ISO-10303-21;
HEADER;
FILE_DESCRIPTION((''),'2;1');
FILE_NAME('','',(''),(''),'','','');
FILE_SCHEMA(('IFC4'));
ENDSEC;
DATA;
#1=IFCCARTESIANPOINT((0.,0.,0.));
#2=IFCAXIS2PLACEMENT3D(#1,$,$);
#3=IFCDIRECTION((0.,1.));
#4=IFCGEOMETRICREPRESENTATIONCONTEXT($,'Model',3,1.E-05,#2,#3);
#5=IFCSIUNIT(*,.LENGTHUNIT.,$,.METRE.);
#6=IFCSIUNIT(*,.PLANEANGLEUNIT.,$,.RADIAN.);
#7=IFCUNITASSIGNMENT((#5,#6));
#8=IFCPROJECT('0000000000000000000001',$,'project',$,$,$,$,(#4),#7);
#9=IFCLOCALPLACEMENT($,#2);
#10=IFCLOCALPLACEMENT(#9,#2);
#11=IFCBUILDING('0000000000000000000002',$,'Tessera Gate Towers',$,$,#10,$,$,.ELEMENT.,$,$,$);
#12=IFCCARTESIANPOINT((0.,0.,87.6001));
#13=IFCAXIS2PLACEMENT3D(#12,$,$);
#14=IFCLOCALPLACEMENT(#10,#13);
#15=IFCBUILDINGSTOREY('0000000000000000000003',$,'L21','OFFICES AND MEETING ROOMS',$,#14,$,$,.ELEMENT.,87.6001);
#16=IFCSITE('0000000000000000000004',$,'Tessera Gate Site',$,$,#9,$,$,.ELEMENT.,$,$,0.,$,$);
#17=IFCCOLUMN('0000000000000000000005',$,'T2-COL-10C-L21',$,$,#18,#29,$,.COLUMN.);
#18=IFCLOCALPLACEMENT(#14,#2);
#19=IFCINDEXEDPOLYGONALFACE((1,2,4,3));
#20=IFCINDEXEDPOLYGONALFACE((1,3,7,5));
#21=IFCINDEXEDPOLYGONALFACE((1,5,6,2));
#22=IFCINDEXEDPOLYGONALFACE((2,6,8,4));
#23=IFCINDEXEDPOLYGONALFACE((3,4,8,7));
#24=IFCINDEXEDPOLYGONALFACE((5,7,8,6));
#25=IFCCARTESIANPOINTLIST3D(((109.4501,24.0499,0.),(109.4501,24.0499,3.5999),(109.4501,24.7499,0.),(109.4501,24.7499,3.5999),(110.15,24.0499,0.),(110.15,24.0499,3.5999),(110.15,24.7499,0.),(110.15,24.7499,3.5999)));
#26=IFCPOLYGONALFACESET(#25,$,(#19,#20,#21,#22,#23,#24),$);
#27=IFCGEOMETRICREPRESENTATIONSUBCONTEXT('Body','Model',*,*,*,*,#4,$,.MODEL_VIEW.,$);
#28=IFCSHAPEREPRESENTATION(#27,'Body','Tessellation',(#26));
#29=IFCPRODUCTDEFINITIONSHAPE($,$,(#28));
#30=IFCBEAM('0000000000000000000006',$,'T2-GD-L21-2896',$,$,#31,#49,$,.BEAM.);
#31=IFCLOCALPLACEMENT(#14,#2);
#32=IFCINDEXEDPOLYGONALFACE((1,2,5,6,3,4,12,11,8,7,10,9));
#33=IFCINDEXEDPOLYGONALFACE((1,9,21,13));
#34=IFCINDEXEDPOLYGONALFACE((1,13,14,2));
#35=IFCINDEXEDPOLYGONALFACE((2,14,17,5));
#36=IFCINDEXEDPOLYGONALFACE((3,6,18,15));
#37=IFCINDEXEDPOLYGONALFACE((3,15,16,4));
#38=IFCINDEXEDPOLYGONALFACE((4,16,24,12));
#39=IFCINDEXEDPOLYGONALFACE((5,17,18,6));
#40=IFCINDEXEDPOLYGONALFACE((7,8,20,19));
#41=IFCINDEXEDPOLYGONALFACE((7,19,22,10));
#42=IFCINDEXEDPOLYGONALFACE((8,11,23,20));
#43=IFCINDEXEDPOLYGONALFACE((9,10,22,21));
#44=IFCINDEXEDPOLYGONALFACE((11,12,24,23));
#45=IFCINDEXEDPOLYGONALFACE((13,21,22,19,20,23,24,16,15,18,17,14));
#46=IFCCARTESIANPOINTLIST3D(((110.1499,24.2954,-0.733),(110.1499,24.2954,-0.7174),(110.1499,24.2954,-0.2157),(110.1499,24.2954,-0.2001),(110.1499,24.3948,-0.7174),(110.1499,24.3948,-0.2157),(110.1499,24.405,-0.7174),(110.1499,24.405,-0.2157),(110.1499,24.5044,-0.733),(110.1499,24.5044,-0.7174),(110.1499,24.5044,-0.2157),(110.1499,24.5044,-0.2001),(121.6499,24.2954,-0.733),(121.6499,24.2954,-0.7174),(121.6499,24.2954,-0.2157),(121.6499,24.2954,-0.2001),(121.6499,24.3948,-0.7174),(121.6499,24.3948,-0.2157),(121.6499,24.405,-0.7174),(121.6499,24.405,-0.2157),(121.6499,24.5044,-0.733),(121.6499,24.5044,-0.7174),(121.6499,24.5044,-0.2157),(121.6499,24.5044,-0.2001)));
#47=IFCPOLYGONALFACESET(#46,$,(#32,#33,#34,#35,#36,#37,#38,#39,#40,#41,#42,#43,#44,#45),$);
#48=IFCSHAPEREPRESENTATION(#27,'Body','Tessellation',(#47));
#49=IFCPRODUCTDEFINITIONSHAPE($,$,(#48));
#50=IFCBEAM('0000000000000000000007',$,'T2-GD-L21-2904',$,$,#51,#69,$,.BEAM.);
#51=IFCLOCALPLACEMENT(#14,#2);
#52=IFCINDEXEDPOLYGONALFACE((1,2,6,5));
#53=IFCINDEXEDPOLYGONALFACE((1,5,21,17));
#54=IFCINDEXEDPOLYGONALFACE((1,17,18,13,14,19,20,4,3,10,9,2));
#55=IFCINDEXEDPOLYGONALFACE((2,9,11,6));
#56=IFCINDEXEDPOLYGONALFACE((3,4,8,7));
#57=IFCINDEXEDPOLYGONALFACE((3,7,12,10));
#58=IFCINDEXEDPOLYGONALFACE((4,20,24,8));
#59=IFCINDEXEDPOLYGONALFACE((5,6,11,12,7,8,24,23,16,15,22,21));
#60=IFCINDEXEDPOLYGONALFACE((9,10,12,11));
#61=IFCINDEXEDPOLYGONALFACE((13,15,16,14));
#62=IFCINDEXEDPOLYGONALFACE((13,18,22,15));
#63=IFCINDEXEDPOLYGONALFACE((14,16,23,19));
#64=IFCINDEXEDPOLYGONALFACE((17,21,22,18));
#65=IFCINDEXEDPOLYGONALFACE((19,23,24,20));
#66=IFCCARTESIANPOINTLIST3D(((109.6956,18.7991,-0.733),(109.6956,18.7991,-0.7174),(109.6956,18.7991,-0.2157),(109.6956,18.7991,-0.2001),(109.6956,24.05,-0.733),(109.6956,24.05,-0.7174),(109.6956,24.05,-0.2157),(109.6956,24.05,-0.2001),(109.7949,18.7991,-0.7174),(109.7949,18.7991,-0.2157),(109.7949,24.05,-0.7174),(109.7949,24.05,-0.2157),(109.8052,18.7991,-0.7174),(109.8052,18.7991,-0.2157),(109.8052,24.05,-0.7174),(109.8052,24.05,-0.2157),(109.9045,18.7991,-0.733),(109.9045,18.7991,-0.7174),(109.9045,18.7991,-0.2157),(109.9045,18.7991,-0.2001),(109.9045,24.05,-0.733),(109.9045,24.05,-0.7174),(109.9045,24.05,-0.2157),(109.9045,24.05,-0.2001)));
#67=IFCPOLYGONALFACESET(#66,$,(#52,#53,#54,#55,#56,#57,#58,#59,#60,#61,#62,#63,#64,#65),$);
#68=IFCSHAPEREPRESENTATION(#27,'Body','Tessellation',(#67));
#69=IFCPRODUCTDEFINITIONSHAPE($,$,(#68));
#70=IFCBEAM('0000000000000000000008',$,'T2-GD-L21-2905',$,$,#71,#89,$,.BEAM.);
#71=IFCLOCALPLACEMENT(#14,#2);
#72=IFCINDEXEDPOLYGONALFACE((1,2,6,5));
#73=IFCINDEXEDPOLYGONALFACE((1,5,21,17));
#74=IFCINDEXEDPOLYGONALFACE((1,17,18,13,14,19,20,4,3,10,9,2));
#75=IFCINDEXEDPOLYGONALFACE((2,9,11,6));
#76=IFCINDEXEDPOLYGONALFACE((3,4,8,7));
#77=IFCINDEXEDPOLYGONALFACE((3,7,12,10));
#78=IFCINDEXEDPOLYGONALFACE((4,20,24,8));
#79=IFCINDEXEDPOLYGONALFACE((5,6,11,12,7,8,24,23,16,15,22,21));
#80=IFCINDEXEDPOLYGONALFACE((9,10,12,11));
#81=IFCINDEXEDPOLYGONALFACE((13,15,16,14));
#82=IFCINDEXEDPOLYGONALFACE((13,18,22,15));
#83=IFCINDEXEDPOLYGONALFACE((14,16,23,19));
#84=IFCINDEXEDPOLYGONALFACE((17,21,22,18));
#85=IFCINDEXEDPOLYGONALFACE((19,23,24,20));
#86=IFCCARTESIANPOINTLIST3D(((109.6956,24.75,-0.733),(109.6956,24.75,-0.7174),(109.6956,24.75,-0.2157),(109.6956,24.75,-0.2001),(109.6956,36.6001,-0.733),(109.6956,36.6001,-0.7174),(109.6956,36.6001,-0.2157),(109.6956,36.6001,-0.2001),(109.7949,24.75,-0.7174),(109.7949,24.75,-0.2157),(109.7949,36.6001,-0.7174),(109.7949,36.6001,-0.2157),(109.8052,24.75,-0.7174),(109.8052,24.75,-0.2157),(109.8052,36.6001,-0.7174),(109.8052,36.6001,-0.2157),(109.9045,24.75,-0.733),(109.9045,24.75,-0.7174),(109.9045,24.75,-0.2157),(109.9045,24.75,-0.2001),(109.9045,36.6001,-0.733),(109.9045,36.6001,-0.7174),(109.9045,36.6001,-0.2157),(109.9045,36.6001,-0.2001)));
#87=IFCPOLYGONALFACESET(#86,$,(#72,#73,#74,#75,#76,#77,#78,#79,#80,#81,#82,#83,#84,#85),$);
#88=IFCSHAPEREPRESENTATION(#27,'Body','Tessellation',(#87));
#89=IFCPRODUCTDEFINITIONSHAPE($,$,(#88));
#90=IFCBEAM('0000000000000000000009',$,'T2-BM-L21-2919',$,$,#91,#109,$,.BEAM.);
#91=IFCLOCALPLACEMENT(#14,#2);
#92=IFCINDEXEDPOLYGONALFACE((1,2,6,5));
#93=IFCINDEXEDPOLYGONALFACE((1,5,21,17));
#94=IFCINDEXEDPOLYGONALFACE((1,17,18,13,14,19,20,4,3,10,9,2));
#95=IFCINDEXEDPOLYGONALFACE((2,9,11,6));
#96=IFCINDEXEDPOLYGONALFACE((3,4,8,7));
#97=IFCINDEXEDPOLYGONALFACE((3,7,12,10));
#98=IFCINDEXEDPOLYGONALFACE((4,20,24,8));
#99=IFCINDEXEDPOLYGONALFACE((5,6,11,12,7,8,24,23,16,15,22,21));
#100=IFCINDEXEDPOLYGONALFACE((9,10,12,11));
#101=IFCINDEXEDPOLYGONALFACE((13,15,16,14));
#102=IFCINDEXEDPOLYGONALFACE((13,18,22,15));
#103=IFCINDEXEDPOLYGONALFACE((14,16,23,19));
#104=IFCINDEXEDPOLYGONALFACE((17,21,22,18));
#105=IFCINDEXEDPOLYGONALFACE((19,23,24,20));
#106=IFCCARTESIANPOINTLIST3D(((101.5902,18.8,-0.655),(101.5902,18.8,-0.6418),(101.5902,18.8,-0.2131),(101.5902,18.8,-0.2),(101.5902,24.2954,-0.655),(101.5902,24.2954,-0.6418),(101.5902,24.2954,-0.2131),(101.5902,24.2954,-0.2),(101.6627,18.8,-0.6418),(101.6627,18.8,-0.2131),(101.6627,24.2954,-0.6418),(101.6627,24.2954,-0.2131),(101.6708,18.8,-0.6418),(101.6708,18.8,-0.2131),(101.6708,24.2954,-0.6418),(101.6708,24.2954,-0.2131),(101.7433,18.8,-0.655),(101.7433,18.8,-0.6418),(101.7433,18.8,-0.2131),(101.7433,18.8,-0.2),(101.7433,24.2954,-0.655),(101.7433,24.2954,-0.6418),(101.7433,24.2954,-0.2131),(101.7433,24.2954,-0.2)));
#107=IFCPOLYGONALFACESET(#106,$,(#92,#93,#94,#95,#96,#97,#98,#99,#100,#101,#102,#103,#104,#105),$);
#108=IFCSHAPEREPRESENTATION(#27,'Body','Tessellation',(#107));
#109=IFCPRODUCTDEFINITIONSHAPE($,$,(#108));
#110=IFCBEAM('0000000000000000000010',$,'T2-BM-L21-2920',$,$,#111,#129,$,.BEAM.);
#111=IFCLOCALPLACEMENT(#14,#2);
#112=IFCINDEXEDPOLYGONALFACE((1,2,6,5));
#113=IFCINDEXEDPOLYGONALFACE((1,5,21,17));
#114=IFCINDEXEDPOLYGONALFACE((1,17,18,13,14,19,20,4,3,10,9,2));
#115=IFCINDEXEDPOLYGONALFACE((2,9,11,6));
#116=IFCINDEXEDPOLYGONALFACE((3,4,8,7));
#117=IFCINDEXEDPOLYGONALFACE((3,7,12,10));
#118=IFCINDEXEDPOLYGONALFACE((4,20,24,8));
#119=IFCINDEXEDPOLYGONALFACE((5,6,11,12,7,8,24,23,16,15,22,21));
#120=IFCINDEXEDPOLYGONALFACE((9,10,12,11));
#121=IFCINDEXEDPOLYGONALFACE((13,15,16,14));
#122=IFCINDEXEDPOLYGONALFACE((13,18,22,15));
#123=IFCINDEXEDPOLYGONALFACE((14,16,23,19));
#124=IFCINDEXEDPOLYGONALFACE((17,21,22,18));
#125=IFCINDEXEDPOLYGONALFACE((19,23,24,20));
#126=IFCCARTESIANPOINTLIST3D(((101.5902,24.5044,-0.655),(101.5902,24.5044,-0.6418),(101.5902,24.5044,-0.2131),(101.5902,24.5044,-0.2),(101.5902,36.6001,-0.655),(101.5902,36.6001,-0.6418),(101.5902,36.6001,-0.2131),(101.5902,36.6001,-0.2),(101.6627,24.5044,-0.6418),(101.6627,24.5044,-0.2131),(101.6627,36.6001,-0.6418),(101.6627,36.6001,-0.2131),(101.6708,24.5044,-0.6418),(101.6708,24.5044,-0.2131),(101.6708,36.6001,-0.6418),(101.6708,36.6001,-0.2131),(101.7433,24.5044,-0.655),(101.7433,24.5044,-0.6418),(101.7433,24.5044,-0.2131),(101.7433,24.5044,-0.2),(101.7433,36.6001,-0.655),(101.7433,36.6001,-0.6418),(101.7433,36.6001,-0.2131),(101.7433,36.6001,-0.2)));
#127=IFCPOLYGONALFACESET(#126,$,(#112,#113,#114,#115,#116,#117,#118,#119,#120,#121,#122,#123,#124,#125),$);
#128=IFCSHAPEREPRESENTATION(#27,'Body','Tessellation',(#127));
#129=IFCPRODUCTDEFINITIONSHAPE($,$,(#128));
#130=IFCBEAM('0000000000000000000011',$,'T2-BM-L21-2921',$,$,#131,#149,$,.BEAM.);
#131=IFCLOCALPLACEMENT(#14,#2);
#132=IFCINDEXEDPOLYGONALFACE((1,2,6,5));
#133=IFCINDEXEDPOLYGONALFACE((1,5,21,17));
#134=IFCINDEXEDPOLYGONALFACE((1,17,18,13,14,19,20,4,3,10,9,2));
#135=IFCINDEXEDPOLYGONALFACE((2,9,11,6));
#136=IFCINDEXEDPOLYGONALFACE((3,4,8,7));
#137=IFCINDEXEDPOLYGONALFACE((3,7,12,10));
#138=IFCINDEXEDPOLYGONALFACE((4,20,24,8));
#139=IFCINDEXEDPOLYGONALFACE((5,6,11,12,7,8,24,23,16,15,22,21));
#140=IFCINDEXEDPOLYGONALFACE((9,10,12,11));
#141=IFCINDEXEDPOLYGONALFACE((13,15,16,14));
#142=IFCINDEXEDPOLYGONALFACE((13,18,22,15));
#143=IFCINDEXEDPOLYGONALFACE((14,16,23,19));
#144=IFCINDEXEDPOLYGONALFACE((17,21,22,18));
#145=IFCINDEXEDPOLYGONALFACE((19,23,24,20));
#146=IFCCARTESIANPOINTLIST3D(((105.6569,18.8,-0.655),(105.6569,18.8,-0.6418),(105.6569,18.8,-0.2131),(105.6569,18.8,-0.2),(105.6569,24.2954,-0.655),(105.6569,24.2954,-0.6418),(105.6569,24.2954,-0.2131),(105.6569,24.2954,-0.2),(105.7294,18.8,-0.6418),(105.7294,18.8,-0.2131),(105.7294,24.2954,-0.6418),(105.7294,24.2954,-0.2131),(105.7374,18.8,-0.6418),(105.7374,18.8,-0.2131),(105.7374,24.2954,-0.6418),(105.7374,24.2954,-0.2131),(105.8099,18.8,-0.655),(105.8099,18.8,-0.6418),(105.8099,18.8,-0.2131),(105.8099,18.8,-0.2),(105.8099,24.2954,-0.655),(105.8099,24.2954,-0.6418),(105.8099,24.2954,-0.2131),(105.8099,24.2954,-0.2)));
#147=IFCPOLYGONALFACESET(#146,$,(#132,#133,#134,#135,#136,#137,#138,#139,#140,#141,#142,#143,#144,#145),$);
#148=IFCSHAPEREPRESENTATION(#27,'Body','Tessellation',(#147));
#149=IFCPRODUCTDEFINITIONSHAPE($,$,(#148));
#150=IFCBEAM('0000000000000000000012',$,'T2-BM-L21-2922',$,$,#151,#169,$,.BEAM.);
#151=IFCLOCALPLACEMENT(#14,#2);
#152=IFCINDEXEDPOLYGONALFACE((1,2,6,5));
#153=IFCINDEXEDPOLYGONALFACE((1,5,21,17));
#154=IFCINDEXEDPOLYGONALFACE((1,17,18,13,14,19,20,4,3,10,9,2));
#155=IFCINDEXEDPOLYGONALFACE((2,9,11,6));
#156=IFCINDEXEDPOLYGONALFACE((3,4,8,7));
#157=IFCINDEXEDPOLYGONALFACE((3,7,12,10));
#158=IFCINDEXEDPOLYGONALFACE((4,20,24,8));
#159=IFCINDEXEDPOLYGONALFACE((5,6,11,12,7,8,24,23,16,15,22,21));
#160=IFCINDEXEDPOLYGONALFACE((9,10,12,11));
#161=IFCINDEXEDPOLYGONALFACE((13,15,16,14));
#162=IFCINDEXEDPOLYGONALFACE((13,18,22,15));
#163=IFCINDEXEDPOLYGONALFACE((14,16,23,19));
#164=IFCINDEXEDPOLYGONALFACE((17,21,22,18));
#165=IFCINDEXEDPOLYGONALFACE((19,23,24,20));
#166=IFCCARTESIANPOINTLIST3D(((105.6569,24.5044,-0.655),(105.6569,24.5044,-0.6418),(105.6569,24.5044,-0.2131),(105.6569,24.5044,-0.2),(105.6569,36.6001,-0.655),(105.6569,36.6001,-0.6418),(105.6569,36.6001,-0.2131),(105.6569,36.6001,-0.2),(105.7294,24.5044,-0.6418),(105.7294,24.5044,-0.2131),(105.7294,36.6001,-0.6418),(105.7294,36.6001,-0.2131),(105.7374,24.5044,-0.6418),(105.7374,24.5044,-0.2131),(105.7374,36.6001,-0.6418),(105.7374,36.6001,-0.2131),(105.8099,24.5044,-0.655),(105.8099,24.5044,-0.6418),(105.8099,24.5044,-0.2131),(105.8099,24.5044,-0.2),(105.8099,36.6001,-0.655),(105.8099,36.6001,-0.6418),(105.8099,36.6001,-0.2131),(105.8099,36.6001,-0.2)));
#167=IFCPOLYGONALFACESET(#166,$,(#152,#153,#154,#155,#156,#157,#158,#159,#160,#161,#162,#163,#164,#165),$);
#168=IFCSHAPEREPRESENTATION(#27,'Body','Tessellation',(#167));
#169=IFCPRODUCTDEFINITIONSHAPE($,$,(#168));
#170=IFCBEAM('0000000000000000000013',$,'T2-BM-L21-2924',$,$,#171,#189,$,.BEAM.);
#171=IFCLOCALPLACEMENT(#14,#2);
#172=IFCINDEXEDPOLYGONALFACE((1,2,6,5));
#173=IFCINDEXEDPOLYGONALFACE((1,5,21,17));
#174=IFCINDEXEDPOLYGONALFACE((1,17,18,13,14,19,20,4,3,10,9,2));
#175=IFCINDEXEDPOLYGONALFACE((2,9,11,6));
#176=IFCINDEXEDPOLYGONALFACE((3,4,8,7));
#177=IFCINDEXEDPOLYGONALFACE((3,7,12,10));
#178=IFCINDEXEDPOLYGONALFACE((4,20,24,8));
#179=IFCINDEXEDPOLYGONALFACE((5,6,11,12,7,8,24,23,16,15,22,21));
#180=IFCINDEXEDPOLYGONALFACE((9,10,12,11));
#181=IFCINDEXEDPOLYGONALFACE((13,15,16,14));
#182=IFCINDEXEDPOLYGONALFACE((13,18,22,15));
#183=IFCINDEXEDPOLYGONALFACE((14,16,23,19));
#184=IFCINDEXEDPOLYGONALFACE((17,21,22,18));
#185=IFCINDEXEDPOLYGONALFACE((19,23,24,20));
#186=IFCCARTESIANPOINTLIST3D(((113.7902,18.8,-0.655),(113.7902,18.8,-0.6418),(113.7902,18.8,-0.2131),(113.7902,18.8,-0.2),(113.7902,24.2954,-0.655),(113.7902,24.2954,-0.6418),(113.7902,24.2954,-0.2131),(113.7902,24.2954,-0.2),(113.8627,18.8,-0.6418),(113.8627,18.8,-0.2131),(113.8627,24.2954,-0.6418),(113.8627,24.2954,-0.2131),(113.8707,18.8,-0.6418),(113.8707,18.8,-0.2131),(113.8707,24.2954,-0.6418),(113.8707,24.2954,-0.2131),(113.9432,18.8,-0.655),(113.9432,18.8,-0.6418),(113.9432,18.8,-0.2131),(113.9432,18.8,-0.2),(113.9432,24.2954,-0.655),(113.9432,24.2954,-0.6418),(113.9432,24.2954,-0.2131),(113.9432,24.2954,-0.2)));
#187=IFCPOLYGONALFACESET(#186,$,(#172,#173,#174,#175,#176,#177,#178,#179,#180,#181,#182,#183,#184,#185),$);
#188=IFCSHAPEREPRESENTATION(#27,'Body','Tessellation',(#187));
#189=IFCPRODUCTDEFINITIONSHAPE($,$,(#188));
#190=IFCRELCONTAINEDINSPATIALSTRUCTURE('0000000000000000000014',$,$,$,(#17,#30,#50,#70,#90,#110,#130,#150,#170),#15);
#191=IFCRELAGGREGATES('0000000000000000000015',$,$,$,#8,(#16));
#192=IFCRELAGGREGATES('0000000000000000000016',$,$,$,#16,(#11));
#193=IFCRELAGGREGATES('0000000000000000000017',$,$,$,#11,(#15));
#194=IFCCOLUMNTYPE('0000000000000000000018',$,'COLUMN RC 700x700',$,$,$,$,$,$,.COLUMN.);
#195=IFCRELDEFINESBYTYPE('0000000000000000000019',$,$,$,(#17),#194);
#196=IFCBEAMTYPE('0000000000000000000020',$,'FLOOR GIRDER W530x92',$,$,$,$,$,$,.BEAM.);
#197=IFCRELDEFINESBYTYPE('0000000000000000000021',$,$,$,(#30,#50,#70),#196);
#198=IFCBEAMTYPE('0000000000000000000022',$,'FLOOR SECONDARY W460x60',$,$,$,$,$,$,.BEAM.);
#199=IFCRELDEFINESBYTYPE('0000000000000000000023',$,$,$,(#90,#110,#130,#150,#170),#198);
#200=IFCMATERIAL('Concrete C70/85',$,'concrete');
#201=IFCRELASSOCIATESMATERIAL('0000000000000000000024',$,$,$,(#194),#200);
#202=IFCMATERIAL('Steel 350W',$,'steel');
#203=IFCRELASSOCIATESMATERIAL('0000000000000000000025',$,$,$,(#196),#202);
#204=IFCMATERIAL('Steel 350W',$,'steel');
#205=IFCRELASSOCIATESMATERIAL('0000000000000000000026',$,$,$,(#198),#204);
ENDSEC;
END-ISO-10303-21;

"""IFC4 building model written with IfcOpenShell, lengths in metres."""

from ifc_helpers import new_model, si_unit, direction, frame, origin, origin_2d, place, context, subcontext, project, spatial, rectangle, i_section, extrude, material, material_profile, profile_set, type_object, element, save


model = new_model("IFC4")

# Units and contexts
model_context = context("Model", 3, precision=1e-05, world=origin(), true_north=direction((0.0, 1.0)))
body_context = subcontext(model_context, "Body", "Model", "MODEL_VIEW")
ifc_project = project(units=[si_unit("LENGTHUNIT", "METRE"), si_unit("PLANEANGLEUNIT", "RADIAN")], contexts=[model_context])

# Site, building, storey
site_placement = place(None, origin())
site = spatial("IfcSite", under=ifc_project, at=site_placement, Name="Tessera Gate Site", CompositionType="ELEMENT", RefElevation=0.0)
building_placement = place(site_placement, origin())
building = spatial("IfcBuilding", under=site, at=building_placement, Name="Tessera Gate Towers", CompositionType="ELEMENT")
storey_placement = place(building_placement, frame((0.0, 0.0, 87.6001)))
storey = spatial("IfcBuildingStorey", under=building, at=storey_placement, Name="L21", Description="OFFICES AND MEETING ROOMS", CompositionType="ELEMENT", Elevation=87.6001)

# Column
ifc_material_1 = material(Name="Concrete C70/85", Category="concrete")
ifc_material_profile_1 = material_profile(ifc_material_1, rectangle(XDim=0.7, YDim=0.7, at=origin_2d()), Name="RC 700x700")
ifc_profile_set_1 = profile_set([ifc_material_profile_1], Name="Concrete C70/85")
column_type = type_object("IfcColumnType", Name="COLUMN RC 700x700", PredefinedType="COLUMN", material=ifc_profile_set_1)
column_placement = place(storey_placement, frame((109.8, 24.3999, 0.0), z_axis=(0.0, 0.0, 1.0), x_axis=(1.0, 0.0, 0.0)))
element("IfcColumn", 1, at=column_placement, inside=storey, type_object=column_type, Name="T2-COL-10C-L21", PredefinedType="COLUMN", context=body_context, shape_type="SweptSolid", body=[
    extrude(rectangle(XDim=0.7, YDim=0.7, at=origin_2d()), origin(), (0.0, 0.0, 1.0), 3.5999),
])

# Beams
ifc_material_2 = material(Name="Steel 350W", Category="steel")
ifc_material_profile_2 = material_profile(ifc_material_2, i_section(OverallWidth=0.209, OverallDepth=0.533, WebThickness=0.0103, FlangeThickness=0.0156, at=origin_2d()), Name="W530x92")
ifc_profile_set_2 = profile_set([ifc_material_profile_2], Name="Steel 350W")
beam_type_1 = type_object("IfcBeamType", Name="FLOOR GIRDER W530x92", PredefinedType="BEAM", material=ifc_profile_set_2)
beam_1_placement = place(storey_placement, frame((110.1499, 24.3999, -0.4666), z_axis=(1.0, 0.0, 0.0), x_axis=(0.0, 1.0, 0.0)))
element("IfcBeam", 2, at=beam_1_placement, inside=storey, type_object=beam_type_1, Name="T2-GD-L21-2896", PredefinedType="BEAM", context=body_context, shape_type="SweptSolid", body=[
    extrude(i_section(OverallWidth=0.209, OverallDepth=0.533, WebThickness=0.0103, FlangeThickness=0.0156, at=origin_2d()), origin(), (0.0, 0.0, 1.0), 11.5),
])
beam_2_placement = place(storey_placement, frame((109.8, 18.7991, -0.4666), z_axis=(0.0, 1.0, 0.0), x_axis=(-1.0, 0.0, 0.0)))
element("IfcBeam", 3, at=beam_2_placement, inside=storey, type_object=beam_type_1, Name="T2-GD-L21-2904", PredefinedType="BEAM", context=body_context, shape_type="SweptSolid", body=[
    extrude(i_section(OverallWidth=0.209, OverallDepth=0.533, WebThickness=0.0103, FlangeThickness=0.0156, at=origin_2d()), origin(), (0.0, 0.0, 1.0), 5.251),
])
beam_3_placement = place(storey_placement, frame((109.8, 24.75, -0.4666), z_axis=(0.0, 1.0, 0.0), x_axis=(-1.0, 0.0, 0.0)))
element("IfcBeam", 4, at=beam_3_placement, inside=storey, type_object=beam_type_1, Name="T2-GD-L21-2905", PredefinedType="BEAM", context=body_context, shape_type="SweptSolid", body=[
    extrude(i_section(OverallWidth=0.209, OverallDepth=0.533, WebThickness=0.0103, FlangeThickness=0.0156, at=origin_2d()), origin(), (0.0, 0.0, 1.0), 11.8501),
])
ifc_material_3 = material(Name="Steel 350W", Category="steel")
ifc_material_profile_3 = material_profile(ifc_material_3, i_section(OverallWidth=0.1531, OverallDepth=0.4551, WebThickness=0.0081, FlangeThickness=0.0132, at=origin_2d()), Name="W460x60")
ifc_profile_set_3 = profile_set([ifc_material_profile_3], Name="Steel 350W")
beam_type_2 = type_object("IfcBeamType", Name="FLOOR SECONDARY W460x60", PredefinedType="BEAM", material=ifc_profile_set_3)
beam_4_placement = place(storey_placement, frame((101.6667, 18.8, -0.4275), z_axis=(0.0, 1.0, 0.0), x_axis=(-1.0, 0.0, 0.0)))
element("IfcBeam", 5, at=beam_4_placement, inside=storey, type_object=beam_type_2, Name="T2-BM-L21-2919", PredefinedType="BEAM", context=body_context, shape_type="SweptSolid", body=[
    extrude(i_section(OverallWidth=0.1531, OverallDepth=0.4551, WebThickness=0.0081, FlangeThickness=0.0132, at=origin_2d()), origin(), (0.0, 0.0, 1.0), 5.4954),
])
beam_5_placement = place(storey_placement, frame((101.6667, 24.5044, -0.4275), z_axis=(0.0, 1.0, 0.0), x_axis=(-1.0, 0.0, 0.0)))
element("IfcBeam", 6, at=beam_5_placement, inside=storey, type_object=beam_type_2, Name="T2-BM-L21-2920", PredefinedType="BEAM", context=body_context, shape_type="SweptSolid", body=[
    extrude(i_section(OverallWidth=0.1531, OverallDepth=0.4551, WebThickness=0.0081, FlangeThickness=0.0132, at=origin_2d()), origin(), (0.0, 0.0, 1.0), 12.0957),
])
beam_6_placement = place(storey_placement, frame((105.7334, 18.8, -0.4275), z_axis=(0.0, 1.0, 0.0), x_axis=(-1.0, 0.0, 0.0)))
element("IfcBeam", 7, at=beam_6_placement, inside=storey, type_object=beam_type_2, Name="T2-BM-L21-2921", PredefinedType="BEAM", context=body_context, shape_type="SweptSolid", body=[
    extrude(i_section(OverallWidth=0.1531, OverallDepth=0.4551, WebThickness=0.0081, FlangeThickness=0.0132, at=origin_2d()), origin(), (0.0, 0.0, 1.0), 5.4954),
])
beam_7_placement = place(storey_placement, frame((105.7334, 24.5044, -0.4275), z_axis=(0.0, 1.0, 0.0), x_axis=(-1.0, 0.0, 0.0)))
element("IfcBeam", 8, at=beam_7_placement, inside=storey, type_object=beam_type_2, Name="T2-BM-L21-2922", PredefinedType="BEAM", context=body_context, shape_type="SweptSolid", body=[
    extrude(i_section(OverallWidth=0.1531, OverallDepth=0.4551, WebThickness=0.0081, FlangeThickness=0.0132, at=origin_2d()), origin(), (0.0, 0.0, 1.0), 12.0957),
])
beam_8_placement = place(storey_placement, frame((113.8667, 18.8, -0.4275), z_axis=(0.0, 1.0, 0.0), x_axis=(-1.0, 0.0, 0.0)))
element("IfcBeam", 9, at=beam_8_placement, inside=storey, type_object=beam_type_2, Name="T2-BM-L21-2924", PredefinedType="BEAM", context=body_context, shape_type="SweptSolid", body=[
    extrude(i_section(OverallWidth=0.1531, OverallDepth=0.4551, WebThickness=0.0081, FlangeThickness=0.0132, at=origin_2d()), origin(), (0.0, 0.0, 1.0), 5.4954),
])

save(model, "model.ifc")
